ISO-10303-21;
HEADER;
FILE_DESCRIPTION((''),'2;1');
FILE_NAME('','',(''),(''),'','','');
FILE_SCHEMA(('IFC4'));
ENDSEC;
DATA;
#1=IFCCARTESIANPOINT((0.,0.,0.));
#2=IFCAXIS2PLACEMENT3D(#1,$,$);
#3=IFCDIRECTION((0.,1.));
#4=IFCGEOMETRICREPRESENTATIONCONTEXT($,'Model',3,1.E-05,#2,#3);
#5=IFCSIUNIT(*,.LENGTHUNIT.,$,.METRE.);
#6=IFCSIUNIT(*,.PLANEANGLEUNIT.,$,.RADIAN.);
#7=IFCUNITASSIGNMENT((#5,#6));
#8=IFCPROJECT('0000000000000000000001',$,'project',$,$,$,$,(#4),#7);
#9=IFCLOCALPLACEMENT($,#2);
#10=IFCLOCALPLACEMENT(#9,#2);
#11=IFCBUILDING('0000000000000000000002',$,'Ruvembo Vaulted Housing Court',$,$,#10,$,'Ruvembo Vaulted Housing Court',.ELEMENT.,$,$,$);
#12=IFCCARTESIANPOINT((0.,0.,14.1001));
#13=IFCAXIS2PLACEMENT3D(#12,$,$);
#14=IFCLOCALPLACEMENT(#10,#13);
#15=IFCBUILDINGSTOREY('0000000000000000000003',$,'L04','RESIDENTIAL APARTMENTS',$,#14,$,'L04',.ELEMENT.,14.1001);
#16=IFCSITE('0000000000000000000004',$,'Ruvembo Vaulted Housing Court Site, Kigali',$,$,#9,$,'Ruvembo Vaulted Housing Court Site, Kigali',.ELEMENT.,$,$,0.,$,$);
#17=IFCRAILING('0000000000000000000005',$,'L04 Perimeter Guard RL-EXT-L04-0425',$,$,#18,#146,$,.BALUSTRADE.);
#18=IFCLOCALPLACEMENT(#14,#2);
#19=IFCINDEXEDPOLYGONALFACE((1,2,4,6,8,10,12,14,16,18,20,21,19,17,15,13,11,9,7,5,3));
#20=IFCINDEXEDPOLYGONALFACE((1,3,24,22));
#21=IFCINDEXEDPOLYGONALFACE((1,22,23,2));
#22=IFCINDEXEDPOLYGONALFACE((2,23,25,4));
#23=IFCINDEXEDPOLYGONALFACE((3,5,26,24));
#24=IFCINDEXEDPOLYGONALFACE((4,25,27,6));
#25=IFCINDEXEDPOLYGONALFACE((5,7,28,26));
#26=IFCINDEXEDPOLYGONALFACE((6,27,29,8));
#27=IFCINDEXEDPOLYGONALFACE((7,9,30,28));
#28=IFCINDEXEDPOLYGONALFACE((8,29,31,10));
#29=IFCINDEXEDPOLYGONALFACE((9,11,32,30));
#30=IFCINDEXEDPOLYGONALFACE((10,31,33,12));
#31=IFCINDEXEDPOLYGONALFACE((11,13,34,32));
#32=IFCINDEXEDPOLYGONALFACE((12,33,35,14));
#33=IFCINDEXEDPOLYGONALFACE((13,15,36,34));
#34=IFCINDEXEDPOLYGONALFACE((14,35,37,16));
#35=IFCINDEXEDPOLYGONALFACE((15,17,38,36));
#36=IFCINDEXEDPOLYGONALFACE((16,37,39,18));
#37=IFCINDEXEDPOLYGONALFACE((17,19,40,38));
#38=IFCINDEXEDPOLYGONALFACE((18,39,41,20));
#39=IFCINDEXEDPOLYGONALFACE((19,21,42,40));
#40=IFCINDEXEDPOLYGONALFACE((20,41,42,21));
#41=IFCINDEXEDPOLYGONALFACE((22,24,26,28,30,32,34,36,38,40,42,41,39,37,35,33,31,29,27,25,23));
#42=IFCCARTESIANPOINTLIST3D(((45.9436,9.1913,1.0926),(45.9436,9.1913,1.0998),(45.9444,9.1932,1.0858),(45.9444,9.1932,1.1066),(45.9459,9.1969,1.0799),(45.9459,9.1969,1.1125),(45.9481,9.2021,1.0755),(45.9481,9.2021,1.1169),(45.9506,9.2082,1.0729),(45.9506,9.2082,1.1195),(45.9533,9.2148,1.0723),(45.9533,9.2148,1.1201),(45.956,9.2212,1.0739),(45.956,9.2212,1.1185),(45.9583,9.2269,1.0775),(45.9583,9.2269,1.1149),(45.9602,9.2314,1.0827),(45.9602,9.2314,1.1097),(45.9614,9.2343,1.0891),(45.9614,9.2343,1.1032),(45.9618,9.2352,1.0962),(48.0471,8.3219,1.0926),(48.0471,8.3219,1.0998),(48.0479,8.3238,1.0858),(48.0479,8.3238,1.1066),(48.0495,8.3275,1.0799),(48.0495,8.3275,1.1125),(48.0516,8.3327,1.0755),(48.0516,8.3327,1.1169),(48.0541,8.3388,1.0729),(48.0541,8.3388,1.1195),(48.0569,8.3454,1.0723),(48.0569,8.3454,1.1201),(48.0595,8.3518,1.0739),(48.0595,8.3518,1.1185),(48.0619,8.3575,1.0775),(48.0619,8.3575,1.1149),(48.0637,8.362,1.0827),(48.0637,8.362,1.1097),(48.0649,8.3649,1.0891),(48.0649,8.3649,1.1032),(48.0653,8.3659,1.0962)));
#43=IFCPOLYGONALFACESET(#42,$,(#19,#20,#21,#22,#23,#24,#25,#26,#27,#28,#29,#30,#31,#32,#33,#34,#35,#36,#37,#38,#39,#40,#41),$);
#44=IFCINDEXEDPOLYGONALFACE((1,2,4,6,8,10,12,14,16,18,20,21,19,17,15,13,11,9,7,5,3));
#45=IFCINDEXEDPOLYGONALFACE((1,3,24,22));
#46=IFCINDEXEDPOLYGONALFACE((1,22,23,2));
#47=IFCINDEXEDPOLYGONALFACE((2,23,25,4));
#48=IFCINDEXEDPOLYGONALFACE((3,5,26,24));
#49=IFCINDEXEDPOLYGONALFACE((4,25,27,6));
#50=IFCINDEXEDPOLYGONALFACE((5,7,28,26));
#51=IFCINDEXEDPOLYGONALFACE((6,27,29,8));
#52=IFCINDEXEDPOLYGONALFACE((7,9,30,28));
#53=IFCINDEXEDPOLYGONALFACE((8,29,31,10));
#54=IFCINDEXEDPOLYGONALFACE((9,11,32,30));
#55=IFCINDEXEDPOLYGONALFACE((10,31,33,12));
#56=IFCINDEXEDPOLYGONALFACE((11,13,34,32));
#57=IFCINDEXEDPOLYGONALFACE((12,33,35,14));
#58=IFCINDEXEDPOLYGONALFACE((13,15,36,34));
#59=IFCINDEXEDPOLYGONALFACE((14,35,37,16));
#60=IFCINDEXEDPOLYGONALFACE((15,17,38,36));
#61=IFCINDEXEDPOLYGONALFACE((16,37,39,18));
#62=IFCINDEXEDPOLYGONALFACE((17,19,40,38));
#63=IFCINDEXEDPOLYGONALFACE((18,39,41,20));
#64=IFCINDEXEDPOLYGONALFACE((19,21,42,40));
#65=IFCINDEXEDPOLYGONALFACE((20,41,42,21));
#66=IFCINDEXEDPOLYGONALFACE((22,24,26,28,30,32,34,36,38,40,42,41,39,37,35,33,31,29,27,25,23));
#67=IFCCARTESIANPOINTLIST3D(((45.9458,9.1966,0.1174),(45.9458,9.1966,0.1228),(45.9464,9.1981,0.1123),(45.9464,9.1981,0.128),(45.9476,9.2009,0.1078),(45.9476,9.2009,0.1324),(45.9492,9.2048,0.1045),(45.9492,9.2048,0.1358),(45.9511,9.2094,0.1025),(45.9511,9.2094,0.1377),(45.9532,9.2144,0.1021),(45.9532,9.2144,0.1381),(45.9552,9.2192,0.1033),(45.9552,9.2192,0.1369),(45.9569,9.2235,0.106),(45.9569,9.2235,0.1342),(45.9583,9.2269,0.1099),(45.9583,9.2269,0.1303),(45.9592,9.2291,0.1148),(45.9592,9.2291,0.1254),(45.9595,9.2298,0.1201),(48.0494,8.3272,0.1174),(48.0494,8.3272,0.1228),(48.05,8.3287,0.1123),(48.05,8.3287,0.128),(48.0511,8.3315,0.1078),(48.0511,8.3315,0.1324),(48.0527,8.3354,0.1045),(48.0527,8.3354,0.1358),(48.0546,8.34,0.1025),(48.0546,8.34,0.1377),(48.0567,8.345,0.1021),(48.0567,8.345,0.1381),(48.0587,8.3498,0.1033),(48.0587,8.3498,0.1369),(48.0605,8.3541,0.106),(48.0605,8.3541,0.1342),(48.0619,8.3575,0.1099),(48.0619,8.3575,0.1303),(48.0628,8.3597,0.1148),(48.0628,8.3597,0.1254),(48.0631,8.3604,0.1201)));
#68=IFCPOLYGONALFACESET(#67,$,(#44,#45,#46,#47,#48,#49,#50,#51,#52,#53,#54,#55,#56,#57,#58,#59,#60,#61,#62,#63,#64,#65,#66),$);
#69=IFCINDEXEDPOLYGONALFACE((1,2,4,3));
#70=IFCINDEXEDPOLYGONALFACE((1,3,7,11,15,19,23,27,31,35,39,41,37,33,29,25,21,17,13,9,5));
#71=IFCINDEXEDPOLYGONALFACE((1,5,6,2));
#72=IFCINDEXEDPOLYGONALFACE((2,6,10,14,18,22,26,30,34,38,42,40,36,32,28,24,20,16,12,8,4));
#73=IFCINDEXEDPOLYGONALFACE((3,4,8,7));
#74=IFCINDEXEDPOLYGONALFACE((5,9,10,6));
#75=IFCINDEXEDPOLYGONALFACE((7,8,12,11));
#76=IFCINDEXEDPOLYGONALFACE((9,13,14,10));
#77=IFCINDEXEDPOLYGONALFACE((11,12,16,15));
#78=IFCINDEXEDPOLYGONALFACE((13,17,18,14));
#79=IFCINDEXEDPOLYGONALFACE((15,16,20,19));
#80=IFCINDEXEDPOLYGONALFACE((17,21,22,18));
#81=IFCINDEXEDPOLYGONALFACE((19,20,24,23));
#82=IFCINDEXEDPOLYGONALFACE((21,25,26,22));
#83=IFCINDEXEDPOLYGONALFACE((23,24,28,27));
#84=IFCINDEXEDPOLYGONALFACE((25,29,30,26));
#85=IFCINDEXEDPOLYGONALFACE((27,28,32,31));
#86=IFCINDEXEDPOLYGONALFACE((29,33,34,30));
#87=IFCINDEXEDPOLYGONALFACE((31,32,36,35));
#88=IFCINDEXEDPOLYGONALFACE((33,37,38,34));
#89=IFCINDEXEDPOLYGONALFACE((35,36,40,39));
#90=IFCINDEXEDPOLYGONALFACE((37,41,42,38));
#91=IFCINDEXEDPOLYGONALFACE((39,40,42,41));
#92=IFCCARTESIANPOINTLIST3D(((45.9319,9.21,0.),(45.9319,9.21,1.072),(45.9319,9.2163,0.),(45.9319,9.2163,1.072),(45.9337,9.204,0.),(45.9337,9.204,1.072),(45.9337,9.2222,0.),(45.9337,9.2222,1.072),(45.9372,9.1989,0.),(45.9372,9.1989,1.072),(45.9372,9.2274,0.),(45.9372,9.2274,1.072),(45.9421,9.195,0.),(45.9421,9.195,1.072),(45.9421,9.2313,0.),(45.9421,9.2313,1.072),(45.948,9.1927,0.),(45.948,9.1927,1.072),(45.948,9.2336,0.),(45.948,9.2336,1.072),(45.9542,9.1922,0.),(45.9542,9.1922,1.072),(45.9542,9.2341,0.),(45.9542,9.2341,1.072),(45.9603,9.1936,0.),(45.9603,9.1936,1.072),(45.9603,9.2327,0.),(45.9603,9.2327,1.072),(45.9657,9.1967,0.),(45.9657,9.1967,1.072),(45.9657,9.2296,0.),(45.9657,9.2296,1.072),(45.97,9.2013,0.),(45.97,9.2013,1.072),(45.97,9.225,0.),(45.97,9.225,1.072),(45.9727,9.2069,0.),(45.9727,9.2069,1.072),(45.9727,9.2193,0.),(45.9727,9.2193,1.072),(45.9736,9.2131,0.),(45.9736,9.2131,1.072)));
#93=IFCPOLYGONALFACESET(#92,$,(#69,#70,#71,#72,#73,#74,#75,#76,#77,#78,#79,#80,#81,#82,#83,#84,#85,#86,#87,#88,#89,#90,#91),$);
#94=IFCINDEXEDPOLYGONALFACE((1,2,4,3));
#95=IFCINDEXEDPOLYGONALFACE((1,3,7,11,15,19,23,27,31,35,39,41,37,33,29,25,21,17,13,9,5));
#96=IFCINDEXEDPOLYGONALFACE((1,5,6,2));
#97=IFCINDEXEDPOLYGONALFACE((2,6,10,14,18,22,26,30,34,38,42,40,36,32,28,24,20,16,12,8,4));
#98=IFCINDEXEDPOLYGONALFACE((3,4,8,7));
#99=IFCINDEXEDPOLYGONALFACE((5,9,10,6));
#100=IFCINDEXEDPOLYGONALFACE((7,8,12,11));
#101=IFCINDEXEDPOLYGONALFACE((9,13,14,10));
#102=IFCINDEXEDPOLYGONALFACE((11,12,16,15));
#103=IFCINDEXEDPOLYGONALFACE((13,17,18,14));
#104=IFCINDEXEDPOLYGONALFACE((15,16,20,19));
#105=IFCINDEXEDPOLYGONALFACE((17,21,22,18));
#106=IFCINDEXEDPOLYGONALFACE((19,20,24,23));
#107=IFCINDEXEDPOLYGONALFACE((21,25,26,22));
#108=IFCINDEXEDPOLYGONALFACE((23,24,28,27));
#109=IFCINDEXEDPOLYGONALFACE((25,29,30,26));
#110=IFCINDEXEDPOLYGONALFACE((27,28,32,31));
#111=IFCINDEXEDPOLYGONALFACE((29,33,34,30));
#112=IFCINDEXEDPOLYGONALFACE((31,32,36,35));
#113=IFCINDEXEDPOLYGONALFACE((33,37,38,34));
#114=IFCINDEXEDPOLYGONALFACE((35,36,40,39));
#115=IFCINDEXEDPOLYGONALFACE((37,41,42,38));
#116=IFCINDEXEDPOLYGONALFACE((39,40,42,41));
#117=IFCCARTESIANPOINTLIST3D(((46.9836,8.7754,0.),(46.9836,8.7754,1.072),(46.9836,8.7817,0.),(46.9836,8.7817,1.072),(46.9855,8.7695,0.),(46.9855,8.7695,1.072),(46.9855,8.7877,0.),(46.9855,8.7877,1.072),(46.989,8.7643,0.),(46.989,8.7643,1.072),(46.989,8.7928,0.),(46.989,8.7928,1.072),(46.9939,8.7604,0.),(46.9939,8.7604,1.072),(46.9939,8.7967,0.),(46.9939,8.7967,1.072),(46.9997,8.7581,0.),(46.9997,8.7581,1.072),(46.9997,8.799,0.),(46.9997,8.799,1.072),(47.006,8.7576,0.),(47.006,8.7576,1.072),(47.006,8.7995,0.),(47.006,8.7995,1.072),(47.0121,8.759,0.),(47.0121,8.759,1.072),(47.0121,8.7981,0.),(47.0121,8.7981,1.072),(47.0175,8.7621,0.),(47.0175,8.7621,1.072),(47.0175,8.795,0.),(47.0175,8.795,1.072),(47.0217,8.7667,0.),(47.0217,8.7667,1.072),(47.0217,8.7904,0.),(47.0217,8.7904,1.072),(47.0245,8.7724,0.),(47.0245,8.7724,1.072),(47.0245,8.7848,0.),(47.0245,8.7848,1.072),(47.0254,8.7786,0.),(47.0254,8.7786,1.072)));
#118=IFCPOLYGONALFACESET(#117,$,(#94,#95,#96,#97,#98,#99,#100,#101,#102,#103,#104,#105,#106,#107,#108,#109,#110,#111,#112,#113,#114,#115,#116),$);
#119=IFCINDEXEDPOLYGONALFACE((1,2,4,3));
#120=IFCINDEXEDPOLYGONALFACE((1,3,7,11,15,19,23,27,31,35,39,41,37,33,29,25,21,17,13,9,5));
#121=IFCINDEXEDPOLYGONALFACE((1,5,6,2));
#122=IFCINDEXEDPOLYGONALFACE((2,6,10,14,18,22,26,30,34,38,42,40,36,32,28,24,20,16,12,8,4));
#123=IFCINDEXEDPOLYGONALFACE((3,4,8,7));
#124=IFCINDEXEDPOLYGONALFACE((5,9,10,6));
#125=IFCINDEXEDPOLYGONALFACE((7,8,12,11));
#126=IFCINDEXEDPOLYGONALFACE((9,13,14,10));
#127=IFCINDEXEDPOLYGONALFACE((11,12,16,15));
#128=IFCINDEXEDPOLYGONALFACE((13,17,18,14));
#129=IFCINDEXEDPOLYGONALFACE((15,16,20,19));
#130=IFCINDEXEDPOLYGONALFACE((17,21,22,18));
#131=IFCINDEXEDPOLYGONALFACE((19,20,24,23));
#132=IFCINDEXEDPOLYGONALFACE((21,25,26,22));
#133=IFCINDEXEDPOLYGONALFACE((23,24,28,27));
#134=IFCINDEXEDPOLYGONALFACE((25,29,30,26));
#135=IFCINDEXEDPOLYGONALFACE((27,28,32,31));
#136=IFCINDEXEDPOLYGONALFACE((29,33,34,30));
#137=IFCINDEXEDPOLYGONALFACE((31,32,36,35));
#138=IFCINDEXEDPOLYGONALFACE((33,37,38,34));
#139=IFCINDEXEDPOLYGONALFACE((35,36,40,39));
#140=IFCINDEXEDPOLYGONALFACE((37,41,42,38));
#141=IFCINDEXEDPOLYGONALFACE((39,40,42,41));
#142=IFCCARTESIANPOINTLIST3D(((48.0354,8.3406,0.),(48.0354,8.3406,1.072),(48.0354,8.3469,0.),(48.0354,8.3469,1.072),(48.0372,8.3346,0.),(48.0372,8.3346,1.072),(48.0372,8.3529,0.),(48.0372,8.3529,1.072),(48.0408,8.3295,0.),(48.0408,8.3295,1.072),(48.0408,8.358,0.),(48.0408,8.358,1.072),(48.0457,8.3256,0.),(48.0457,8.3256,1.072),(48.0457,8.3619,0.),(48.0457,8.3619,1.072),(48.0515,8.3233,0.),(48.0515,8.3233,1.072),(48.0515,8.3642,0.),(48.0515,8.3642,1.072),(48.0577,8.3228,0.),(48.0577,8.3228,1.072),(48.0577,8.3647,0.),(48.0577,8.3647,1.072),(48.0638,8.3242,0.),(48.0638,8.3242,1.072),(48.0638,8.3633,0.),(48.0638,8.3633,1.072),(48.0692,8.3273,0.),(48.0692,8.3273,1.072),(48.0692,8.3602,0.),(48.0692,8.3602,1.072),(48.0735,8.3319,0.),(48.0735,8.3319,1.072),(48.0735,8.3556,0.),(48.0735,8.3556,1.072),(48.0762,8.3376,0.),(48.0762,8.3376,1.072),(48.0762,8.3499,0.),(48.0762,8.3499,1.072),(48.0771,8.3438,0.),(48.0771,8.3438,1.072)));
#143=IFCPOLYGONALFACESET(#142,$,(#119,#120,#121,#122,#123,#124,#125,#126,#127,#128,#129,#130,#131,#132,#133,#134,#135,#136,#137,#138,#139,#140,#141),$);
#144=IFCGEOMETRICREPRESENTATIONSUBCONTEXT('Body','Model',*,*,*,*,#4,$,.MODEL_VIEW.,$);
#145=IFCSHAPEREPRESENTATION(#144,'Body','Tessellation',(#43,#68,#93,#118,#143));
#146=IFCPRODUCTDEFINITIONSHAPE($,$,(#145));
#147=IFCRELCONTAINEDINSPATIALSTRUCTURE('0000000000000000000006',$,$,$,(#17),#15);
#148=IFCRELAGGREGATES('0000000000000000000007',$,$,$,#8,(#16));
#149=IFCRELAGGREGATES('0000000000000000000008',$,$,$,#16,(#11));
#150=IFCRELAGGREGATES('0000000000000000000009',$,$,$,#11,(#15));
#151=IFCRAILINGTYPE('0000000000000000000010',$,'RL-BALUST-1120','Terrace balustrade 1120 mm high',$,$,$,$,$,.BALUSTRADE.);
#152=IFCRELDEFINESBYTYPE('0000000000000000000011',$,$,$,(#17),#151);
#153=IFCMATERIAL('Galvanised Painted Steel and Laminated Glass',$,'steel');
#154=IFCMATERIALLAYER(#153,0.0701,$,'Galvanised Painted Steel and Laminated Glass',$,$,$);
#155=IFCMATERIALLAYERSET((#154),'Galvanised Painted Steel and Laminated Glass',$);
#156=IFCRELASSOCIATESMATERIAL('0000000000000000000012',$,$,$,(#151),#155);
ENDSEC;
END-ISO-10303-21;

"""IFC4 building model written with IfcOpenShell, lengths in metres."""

from ifc_helpers import new_model, si_unit, direction, frame, origin, origin_2d, place, context, subcontext, project, spatial, circle, extrude, material, layer, layer_set, type_object, element, save


model = new_model("IFC4")

# Units and contexts
model_context = context("Model", 3, precision=1e-05, world=origin(), true_north=direction((0.0, 1.0)))
body_context = subcontext(model_context, "Body", "Model", "MODEL_VIEW")
ifc_project = project(units=[si_unit("LENGTHUNIT", "METRE"), si_unit("PLANEANGLEUNIT", "RADIAN")], contexts=[model_context])

# Site, building, storey
site_placement = place(None, origin())
site = spatial("IfcSite", under=ifc_project, at=site_placement, Name="Ruvembo Vaulted Housing Court Site, Kigali", LongName="Ruvembo Vaulted Housing Court Site, Kigali", CompositionType="ELEMENT", RefElevation=0.0)
building_placement = place(site_placement, origin())
building = spatial("IfcBuilding", under=site, at=building_placement, Name="Ruvembo Vaulted Housing Court", LongName="Ruvembo Vaulted Housing Court", CompositionType="ELEMENT")
storey_placement = place(building_placement, frame((0.0, 0.0, 14.1001)))
storey = spatial("IfcBuildingStorey", under=building, at=storey_placement, Name="L04", Description="RESIDENTIAL APARTMENTS", LongName="L04", CompositionType="ELEMENT", Elevation=14.1001)

# Railing
ifc_material_1 = material(Name="Galvanised Painted Steel and Laminated Glass", Category="steel")
ifc_layer_1 = layer(ifc_material_1, 0.0701, Name="Galvanised Painted Steel and Laminated Glass")
ifc_layer_set_1 = layer_set([ifc_layer_1], Name="Galvanised Painted Steel and Laminated Glass")
railing_type = type_object("IfcRailingType", Name="RL-BALUST-1120", Description="Terrace balustrade 1120 mm high", PredefinedType="BALUSTRADE", material=ifc_layer_set_1)
railing_placement = place(storey_placement, frame((45.9526, 9.2131, 0.0)))
element("IfcRailing", 1, at=railing_placement, inside=storey, type_object=railing_type, Name="L04 Perimeter Guard RL-EXT-L04-0425", PredefinedType="BALUSTRADE", context=body_context, shape_type="SweptSolid", body=[
    extrude(circle(Radius=0.0239, at=origin_2d()), frame((0.0, 0.0, 1.0962), z_axis=(0.924177, -0.381963, 0.0), x_axis=(0.381963, 0.924177, 0.0)), (0.0, 0.0, 1.0), 2.2761),
    extrude(circle(Radius=0.0181, at=origin_2d()), frame((0.0, 0.0, 0.1201), z_axis=(0.924177, -0.381963, 0.0), x_axis=(0.381963, 0.924177, 0.0)), (0.0, 0.0, 1.0), 2.2761),
    extrude(circle(Radius=0.021, at=origin_2d()), origin(), (0.0, 0.0, 1.0), 1.072),
    extrude(circle(Radius=0.021, at=origin_2d()), frame((1.0518, -0.4346, 0.0)), (0.0, 0.0, 1.0), 1.072),
    extrude(circle(Radius=0.021, at=origin_2d()), frame((2.1035, -0.8694, 0.0)), (0.0, 0.0, 1.0), 1.072),
])

save(model, "model.ifc")
